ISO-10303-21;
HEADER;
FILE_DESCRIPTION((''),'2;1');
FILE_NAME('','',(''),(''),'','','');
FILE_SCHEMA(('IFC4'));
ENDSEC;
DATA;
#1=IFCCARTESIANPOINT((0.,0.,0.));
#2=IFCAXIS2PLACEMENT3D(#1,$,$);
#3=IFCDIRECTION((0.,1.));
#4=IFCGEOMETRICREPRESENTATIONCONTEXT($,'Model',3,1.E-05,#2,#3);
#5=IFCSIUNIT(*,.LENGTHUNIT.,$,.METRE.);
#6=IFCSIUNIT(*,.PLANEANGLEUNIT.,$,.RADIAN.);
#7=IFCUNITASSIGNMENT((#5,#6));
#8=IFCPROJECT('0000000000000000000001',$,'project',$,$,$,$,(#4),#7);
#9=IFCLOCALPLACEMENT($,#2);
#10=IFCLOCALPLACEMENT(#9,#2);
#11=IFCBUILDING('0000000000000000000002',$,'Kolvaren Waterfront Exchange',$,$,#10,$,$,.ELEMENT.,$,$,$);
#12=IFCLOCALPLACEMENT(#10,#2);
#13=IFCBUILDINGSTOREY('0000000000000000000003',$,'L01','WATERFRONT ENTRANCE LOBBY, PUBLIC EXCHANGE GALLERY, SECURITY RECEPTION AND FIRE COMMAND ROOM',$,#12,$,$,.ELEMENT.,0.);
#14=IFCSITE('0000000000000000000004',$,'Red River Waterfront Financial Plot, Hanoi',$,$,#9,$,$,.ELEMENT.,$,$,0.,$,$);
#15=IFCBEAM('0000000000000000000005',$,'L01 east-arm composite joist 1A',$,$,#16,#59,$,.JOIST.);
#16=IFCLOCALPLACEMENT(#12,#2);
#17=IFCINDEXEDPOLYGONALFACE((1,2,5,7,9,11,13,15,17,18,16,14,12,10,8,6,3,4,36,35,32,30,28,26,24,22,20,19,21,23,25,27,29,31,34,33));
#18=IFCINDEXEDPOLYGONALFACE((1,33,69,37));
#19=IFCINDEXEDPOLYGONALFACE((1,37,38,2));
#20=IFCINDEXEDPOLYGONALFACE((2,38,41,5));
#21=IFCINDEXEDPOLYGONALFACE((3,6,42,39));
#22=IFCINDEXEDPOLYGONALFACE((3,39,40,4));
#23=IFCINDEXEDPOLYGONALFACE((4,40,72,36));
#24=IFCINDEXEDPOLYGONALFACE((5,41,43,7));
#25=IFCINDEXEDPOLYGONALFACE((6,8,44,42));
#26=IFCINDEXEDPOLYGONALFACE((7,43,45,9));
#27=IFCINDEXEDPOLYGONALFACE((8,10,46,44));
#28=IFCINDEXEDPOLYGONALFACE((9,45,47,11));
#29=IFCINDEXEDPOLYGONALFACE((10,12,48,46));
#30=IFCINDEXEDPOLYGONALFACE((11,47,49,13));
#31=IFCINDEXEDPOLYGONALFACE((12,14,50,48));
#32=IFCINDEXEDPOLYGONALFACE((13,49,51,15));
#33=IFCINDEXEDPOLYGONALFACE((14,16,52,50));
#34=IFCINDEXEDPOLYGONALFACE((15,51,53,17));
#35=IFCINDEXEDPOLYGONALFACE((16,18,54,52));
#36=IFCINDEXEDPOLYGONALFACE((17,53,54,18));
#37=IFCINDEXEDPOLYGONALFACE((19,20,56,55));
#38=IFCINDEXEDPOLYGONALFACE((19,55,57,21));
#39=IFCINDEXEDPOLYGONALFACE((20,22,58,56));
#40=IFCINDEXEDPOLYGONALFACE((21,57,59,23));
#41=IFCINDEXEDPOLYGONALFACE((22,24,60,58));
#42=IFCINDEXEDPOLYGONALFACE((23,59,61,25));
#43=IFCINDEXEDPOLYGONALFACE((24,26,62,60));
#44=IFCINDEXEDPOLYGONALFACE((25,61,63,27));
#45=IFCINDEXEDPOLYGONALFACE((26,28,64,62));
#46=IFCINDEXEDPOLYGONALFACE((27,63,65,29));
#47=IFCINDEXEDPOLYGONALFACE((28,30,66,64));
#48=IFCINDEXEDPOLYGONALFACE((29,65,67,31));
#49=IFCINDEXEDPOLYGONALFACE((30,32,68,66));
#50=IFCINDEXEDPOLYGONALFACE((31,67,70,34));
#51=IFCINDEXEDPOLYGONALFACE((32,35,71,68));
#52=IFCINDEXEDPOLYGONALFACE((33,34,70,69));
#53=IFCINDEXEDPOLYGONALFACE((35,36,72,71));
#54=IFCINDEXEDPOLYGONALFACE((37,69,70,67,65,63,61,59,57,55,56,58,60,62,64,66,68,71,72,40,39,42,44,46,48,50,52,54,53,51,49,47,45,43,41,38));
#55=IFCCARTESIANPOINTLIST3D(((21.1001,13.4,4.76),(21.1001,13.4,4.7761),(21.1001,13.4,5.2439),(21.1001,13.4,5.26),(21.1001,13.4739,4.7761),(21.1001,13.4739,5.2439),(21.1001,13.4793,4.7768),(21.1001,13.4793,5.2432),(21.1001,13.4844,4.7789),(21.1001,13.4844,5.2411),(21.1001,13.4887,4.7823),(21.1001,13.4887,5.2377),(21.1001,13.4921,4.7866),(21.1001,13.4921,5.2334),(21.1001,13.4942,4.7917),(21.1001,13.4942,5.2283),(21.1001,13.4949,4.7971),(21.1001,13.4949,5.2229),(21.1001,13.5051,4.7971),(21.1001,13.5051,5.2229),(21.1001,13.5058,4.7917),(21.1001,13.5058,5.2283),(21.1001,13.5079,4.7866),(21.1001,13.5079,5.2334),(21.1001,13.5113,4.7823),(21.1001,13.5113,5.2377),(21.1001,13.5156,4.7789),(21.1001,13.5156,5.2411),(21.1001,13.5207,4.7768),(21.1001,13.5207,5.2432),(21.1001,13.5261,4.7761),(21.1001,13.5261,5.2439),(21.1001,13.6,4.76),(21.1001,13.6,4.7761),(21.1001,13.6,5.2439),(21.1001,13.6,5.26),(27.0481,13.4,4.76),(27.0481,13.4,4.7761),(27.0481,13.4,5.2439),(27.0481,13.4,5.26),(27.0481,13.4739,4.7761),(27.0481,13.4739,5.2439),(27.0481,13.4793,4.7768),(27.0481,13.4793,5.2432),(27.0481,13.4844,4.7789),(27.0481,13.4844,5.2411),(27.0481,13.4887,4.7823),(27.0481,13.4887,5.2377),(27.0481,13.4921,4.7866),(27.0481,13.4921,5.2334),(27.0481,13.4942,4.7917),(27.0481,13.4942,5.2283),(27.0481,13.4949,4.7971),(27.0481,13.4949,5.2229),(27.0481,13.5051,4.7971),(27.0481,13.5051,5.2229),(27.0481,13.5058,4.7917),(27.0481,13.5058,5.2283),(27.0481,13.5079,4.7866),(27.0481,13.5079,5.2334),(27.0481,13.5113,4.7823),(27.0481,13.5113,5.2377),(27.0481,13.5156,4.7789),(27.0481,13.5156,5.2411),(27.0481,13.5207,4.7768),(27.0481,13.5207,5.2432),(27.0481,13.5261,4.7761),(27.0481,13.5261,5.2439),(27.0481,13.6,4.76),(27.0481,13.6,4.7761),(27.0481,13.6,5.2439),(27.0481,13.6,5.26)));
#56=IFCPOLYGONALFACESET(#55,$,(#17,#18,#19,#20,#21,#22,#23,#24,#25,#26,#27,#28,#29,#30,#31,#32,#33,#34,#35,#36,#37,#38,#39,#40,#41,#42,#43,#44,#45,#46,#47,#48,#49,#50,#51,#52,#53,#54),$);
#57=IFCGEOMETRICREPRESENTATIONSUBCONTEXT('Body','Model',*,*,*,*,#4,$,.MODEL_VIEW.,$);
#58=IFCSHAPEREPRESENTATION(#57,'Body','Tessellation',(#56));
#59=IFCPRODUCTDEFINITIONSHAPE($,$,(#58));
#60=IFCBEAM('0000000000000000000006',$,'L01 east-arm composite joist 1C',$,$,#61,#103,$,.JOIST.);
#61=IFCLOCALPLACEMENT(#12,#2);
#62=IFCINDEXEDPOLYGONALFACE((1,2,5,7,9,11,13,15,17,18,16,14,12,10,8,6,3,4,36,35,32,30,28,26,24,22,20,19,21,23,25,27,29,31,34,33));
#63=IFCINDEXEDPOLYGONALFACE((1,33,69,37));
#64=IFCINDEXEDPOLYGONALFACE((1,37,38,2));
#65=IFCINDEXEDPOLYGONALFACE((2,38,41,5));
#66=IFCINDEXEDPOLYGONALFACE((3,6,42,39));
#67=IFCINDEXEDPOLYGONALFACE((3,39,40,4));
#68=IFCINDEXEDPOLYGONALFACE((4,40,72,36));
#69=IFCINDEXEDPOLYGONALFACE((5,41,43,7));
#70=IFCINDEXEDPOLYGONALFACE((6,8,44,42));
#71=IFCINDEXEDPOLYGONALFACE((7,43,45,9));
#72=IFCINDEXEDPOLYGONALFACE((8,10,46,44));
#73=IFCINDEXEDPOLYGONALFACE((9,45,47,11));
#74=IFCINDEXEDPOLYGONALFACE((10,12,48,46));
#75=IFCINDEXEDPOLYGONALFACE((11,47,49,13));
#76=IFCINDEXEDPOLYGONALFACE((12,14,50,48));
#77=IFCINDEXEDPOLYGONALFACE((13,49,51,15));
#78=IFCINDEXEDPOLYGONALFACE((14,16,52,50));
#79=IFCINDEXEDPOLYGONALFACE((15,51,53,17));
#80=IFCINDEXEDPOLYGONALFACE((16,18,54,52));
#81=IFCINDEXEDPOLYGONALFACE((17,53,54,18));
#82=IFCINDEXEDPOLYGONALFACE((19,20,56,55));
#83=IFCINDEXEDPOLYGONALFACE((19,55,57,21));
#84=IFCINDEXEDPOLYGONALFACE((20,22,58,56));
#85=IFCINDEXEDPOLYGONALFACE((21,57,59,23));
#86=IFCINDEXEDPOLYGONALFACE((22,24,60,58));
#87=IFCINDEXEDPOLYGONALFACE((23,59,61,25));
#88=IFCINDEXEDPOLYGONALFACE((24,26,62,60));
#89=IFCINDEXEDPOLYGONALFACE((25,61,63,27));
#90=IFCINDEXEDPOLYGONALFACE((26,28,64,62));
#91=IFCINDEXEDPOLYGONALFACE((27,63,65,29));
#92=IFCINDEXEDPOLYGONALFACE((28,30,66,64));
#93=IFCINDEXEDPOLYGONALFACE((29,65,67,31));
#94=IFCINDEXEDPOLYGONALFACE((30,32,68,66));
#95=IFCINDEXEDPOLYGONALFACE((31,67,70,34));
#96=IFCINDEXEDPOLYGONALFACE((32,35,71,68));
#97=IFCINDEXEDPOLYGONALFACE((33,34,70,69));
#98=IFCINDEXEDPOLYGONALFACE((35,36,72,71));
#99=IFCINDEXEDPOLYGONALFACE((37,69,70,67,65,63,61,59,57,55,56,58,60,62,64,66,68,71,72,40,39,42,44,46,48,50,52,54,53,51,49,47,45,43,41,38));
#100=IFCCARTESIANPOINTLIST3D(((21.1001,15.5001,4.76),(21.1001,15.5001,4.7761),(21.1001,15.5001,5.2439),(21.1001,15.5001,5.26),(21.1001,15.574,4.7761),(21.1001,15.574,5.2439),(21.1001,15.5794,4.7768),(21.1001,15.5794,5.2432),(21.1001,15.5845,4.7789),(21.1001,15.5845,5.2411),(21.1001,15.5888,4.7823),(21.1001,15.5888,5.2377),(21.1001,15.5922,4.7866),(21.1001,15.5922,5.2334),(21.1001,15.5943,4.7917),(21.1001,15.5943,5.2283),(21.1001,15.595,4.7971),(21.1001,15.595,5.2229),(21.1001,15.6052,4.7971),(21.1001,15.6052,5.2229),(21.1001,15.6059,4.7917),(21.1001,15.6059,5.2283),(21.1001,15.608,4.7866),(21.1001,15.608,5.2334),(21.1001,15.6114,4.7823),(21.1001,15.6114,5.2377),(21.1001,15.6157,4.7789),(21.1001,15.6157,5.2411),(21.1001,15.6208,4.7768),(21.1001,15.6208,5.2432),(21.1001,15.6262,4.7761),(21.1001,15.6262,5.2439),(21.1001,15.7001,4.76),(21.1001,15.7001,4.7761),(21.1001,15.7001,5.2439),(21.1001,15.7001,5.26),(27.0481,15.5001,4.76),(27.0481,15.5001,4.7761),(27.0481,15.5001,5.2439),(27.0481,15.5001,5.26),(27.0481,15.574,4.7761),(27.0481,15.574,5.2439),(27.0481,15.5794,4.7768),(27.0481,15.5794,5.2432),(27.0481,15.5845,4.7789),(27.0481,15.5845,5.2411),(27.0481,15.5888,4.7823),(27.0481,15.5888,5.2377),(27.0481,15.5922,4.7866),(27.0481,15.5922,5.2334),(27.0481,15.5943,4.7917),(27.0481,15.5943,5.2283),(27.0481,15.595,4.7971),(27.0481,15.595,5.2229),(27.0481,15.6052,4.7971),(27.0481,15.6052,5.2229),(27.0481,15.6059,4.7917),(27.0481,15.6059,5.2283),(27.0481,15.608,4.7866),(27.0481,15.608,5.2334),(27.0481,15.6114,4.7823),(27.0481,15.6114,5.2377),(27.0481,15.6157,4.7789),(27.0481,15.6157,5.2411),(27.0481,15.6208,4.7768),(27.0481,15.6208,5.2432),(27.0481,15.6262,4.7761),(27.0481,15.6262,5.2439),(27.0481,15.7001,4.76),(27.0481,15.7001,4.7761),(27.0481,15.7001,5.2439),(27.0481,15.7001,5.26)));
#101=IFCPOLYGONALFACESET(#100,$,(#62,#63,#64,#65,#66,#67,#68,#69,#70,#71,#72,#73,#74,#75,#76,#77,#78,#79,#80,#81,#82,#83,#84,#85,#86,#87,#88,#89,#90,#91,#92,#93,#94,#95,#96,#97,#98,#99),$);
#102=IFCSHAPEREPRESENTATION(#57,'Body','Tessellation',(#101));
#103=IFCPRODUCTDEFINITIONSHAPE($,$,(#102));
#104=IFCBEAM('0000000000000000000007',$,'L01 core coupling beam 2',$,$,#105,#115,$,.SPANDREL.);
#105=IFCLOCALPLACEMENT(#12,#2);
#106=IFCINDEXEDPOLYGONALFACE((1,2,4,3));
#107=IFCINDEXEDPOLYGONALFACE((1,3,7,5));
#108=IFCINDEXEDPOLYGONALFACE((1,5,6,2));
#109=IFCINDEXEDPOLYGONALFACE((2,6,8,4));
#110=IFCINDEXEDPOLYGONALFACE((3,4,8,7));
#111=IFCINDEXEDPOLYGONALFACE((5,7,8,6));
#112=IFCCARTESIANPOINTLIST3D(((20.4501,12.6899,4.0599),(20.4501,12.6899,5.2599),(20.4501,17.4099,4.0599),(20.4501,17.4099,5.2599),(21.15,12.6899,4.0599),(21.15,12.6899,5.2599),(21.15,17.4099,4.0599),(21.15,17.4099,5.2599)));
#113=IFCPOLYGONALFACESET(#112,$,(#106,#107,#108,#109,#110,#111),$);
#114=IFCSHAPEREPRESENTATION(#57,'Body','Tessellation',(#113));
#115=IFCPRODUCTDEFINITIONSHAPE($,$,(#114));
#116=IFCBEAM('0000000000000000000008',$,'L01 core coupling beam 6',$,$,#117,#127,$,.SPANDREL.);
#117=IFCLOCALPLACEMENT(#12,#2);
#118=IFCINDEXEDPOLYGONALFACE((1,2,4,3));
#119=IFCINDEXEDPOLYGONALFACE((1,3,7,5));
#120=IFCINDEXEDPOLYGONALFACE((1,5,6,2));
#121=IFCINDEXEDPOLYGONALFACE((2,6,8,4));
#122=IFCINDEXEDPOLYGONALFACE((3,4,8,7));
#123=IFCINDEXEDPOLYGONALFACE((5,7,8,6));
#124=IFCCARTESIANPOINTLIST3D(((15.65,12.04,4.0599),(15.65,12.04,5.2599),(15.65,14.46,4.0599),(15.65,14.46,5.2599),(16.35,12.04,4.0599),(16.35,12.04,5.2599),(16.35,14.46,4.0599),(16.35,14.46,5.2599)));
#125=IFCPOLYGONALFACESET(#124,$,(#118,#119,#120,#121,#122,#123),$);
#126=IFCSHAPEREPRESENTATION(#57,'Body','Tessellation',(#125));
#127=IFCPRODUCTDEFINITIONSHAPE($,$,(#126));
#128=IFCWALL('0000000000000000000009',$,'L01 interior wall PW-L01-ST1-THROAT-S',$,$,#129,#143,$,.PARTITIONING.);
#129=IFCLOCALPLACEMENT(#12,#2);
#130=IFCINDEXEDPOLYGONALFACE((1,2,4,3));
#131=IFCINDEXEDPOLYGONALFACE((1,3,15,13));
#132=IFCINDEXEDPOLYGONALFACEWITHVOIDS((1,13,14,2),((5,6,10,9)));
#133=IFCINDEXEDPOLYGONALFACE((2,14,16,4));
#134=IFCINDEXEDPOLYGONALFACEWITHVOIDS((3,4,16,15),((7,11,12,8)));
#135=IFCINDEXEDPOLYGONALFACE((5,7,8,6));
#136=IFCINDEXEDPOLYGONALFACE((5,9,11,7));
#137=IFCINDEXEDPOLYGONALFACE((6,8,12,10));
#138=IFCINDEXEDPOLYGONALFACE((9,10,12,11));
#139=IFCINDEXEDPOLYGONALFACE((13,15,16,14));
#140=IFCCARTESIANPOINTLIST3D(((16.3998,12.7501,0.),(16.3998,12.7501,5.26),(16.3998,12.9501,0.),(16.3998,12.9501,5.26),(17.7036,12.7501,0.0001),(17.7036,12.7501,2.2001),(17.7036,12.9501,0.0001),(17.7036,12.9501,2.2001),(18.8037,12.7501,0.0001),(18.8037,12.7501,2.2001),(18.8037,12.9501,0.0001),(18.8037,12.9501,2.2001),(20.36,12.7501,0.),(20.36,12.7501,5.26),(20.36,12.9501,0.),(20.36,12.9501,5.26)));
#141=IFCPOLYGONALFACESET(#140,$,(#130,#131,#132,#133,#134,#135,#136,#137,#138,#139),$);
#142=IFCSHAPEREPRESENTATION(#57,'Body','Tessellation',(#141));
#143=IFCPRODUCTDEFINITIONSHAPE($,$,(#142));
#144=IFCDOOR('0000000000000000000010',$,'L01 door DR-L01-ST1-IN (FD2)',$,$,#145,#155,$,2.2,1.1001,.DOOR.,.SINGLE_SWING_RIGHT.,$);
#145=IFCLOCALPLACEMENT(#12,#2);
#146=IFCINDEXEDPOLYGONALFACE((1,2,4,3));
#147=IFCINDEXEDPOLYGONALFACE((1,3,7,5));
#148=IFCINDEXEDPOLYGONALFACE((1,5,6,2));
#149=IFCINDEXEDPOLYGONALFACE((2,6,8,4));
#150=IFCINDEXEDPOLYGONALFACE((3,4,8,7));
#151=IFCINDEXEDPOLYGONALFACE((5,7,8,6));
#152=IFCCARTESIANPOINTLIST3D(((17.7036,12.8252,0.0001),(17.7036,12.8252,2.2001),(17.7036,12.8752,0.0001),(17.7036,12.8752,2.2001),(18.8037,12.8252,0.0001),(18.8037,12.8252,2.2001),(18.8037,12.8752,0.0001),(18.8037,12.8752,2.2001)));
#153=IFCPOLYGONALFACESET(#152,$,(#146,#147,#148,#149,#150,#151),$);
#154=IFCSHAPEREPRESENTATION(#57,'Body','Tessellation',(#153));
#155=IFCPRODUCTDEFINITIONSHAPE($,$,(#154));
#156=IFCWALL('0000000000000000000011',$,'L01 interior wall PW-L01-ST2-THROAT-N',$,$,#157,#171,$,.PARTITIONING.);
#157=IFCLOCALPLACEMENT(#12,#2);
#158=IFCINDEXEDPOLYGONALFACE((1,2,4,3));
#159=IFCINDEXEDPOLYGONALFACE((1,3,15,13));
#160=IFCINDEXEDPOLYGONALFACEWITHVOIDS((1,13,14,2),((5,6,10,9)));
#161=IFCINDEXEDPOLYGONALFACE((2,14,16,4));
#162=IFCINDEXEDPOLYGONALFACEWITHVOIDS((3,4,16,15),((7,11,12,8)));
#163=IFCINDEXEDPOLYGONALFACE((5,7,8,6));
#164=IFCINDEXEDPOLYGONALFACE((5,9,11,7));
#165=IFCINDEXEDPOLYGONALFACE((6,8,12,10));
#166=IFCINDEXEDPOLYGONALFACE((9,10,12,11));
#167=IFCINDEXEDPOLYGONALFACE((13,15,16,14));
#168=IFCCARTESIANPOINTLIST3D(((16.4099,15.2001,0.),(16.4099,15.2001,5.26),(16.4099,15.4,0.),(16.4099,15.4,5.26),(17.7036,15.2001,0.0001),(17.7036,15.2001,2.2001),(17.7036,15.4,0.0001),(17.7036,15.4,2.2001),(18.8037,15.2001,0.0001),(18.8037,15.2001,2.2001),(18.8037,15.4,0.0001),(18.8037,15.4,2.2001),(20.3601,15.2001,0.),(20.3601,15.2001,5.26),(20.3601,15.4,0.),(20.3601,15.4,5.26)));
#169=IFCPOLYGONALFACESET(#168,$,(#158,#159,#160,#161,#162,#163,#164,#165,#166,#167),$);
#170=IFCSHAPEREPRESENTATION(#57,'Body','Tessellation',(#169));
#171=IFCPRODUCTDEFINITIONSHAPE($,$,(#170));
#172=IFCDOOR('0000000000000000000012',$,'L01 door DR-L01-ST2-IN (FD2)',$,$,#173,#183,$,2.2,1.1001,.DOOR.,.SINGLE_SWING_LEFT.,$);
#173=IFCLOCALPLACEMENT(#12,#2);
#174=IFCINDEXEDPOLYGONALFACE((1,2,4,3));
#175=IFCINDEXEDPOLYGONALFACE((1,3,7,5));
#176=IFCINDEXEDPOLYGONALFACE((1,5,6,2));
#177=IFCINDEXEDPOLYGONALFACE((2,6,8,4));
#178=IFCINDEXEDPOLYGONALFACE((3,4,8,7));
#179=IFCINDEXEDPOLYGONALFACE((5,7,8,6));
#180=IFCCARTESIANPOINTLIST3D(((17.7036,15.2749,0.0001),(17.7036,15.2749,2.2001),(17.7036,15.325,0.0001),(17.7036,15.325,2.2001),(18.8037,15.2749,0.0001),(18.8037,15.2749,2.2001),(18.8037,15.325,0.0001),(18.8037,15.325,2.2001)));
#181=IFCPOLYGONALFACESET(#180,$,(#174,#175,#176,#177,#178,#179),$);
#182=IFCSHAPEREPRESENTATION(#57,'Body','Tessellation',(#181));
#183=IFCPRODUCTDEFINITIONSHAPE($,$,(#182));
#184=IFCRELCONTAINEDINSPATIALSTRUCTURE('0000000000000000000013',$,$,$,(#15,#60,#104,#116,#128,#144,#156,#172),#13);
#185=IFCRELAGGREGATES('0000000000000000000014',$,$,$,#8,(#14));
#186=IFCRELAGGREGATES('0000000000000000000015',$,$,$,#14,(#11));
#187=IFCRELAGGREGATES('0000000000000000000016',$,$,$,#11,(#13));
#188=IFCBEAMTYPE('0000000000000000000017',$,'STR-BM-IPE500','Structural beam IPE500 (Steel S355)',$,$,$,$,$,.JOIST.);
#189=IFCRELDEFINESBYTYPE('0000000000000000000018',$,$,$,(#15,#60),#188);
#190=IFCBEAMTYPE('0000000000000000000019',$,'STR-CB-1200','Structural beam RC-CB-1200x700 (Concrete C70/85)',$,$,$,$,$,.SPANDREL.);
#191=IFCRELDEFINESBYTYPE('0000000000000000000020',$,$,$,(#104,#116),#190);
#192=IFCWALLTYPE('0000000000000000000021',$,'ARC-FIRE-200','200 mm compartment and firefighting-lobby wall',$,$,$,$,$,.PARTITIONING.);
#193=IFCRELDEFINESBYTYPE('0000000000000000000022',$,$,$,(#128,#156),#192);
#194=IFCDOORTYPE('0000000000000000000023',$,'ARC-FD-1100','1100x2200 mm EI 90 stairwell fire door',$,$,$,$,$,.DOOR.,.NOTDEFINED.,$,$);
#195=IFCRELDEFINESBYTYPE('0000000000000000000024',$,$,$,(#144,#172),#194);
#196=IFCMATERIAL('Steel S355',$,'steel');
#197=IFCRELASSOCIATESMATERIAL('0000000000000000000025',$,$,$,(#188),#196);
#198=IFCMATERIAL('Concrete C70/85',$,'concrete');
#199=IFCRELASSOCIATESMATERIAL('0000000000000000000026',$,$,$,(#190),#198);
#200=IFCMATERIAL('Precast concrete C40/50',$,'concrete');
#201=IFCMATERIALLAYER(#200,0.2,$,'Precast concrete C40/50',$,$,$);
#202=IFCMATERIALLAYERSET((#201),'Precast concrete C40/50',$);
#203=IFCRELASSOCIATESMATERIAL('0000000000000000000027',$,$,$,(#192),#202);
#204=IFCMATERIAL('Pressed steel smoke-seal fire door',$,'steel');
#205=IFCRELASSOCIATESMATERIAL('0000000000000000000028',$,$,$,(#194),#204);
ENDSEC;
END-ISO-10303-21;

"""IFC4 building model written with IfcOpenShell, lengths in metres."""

from ifc_helpers import new_model, si_unit, direction, frame, frame_2d, origin, origin_2d, place, context, subcontext, project, spatial, rectangle, i_section, extrude, material, layer, layer_set, material_profile, profile_set, type_object, element, fill, save


model = new_model("IFC4")

# Units and contexts
model_context = context("Model", 3, precision=1e-05, world=origin(), true_north=direction((0.0, 1.0)))
body_context = subcontext(model_context, "Body", "Model", "MODEL_VIEW")
ifc_project = project(units=[si_unit("LENGTHUNIT", "METRE"), si_unit("PLANEANGLEUNIT", "RADIAN")], contexts=[model_context])

# Site, building, storey
site_placement = place(None, origin())
site = spatial("IfcSite", under=ifc_project, at=site_placement, Name="Red River Waterfront Financial Plot, Hanoi", CompositionType="ELEMENT", RefElevation=0.0)
building_placement = place(site_placement, origin())
building = spatial("IfcBuilding", under=site, at=building_placement, Name="Kolvaren Waterfront Exchange", CompositionType="ELEMENT")
storey_placement = place(building_placement, origin())
storey = spatial("IfcBuildingStorey", under=building, at=storey_placement, Name="L01", Description="WATERFRONT ENTRANCE LOBBY, PUBLIC EXCHANGE GALLERY, SECURITY RECEPTION AND FIRE COMMAND ROOM", CompositionType="ELEMENT", Elevation=0.0)

# Beams
ifc_material_1 = material(Name="Steel S355", Category="steel")
ifc_material_profile_1 = material_profile(ifc_material_1, i_section(OverallWidth=0.2, OverallDepth=0.5, WebThickness=0.0103, FlangeThickness=0.0161, FilletRadius=0.021, at=origin_2d()), Name="IPE500")
ifc_profile_set_1 = profile_set([ifc_material_profile_1], Name="Steel S355")
beam_type_1 = type_object("IfcBeamType", Name="STR-BM-IPE500", Description="Structural beam IPE500 (Steel S355)", PredefinedType="JOIST", material=ifc_profile_set_1)
for number, where, z_axis, x_axis, name in (
    (1, (21.1001, 13.5, 5.01), (1.0, 0.0, 0.0), (0.0, 1.0, 0.0), "L01 east-arm composite joist 1A"),
    (2, (21.1001, 15.6001, 5.01), (1.0, 0.0, 0.0), (0.0, 1.0, 0.0), "L01 east-arm composite joist 1C"),
):
    element("IfcBeam", number, at=place(storey_placement, frame(where, z_axis=z_axis, x_axis=x_axis)), inside=storey, type_object=beam_type_1, Name=name, PredefinedType="JOIST", context=body_context, shape_type="SweptSolid", body=[
        extrude(i_section(OverallWidth=0.2, OverallDepth=0.5, WebThickness=0.0103, FlangeThickness=0.0161, FilletRadius=0.021, at=origin_2d()), origin(), (0.0, 0.0, 1.0), 5.948),
    ])
ifc_material_2 = material(Name="Concrete C70/85", Category="concrete")
ifc_material_profile_2 = material_profile(ifc_material_2, rectangle(XDim=0.7, YDim=1.2, at=origin_2d()), Name="RC-CB-1200x700")
ifc_profile_set_2 = profile_set([ifc_material_profile_2], Name="Concrete C70/85")
beam_type_2 = type_object("IfcBeamType", Name="STR-CB-1200", Description="Structural beam RC-CB-1200x700 (Concrete C70/85)", PredefinedType="SPANDREL", material=ifc_profile_set_2)
beam_1_placement = place(storey_placement, frame((20.8, 12.6899, 4.6599), z_axis=(0.0, 1.0, 0.0), x_axis=(-1.0, 0.0, 0.0)))
element("IfcBeam", 3, at=beam_1_placement, inside=storey, type_object=beam_type_2, Name="L01 core coupling beam 2", PredefinedType="SPANDREL", context=body_context, shape_type="SweptSolid", body=[
    extrude(rectangle(XDim=0.7, YDim=1.2, at=origin_2d()), origin(), (0.0, 0.0, 1.0), 4.72),
])
beam_2_placement = place(storey_placement, frame((16.0, 12.04, 4.6599), z_axis=(0.0, 1.0, 0.0), x_axis=(-1.0, 0.0, 0.0)))
element("IfcBeam", 4, at=beam_2_placement, inside=storey, type_object=beam_type_2, Name="L01 core coupling beam 6", PredefinedType="SPANDREL", context=body_context, shape_type="SweptSolid", body=[
    extrude(rectangle(XDim=0.7, YDim=1.2, at=origin_2d()), origin(), (0.0, 0.0, 1.0), 2.4199),
])

# Walls, openings, doors
ifc_material_3 = material(Name="Precast concrete C40/50", Category="concrete")
ifc_layer_1 = layer(ifc_material_3, 0.2, Name="Precast concrete C40/50")
ifc_layer_set_1 = layer_set([ifc_layer_1], Name="Precast concrete C40/50")
wall_type_1 = type_object("IfcWallType", Name="ARC-FIRE-200", Description="200 mm compartment and firefighting-lobby wall", PredefinedType="PARTITIONING", material=ifc_layer_set_1)
wall_1_placement = place(storey_placement, frame((16.3999, 12.8501, 0.0), z_axis=(0.0, 0.0, 1.0), x_axis=(1.0, 0.0, 0.0)))
wall_1 = element("IfcWall", 5, at=wall_1_placement, inside=storey, type_object=wall_type_1, Name="L01 interior wall PW-L01-ST1-THROAT-S", PredefinedType="PARTITIONING", context=body_context, shape_type="SweptSolid", body=[
    extrude(rectangle(XDim=3.9602, YDim=0.2, at=frame_2d((1.98, 0.0))), origin(), (0.0, 0.0, 1.0), 5.26),
])
opening_1_placement = place(wall_1_placement, frame((1.3037, 0.0, 0.0)))
opening_1 = element("IfcOpeningElement", 6, at=opening_1_placement, cuts=wall_1, PredefinedType="OPENING", context=body_context, shape_type="SweptSolid", body=[
    extrude(rectangle(XDim=1.1001, YDim=2.2, at=frame_2d((0.55, 1.1001))), frame((0.0, 0.1099, 0.0), z_axis=(0.0, -1.0, 0.0), x_axis=(1.0, 0.0, 0.0)), (0.0, 0.0, 1.0), 0.22),
])
ifc_material_4 = material(Name="Pressed steel smoke-seal fire door", Category="steel")
door_type = type_object("IfcDoorType", Name="ARC-FD-1100", Description="1100x2200 mm EI 90 stairwell fire door", OperationType="NOTDEFINED", PredefinedType="DOOR", material=ifc_material_4)
door_1_placement = place(opening_1_placement, frame((1.1001, 0.0, 0.0), z_axis=(0.0, 0.0, 1.0), x_axis=(-1.0, 0.0, 0.0)))
door_1 = element("IfcDoor", 7, at=door_1_placement, inside=storey, type_object=door_type, Name="L01 door DR-L01-ST1-IN (FD2)", OperationType="SINGLE_SWING_RIGHT", OverallHeight=2.2, OverallWidth=1.1001, PredefinedType="DOOR", context=body_context, shape_type="SweptSolid", body=[
    extrude(rectangle(XDim=1.1001, YDim=2.2, at=frame_2d((0.55, 1.1001))), frame((0.0, 0.0249, 0.0), z_axis=(0.0, -1.0, 0.0), x_axis=(1.0, 0.0, 0.0)), (0.0, 0.0, 1.0), 0.05),
])
fill(opening_1, door_1)
wall_2_placement = place(storey_placement, frame((16.4099, 15.3, 0.0), z_axis=(0.0, 0.0, 1.0), x_axis=(1.0, 0.0, 0.0)))
wall_2 = element("IfcWall", 8, at=wall_2_placement, inside=storey, type_object=wall_type_1, Name="L01 interior wall PW-L01-ST2-THROAT-N", PredefinedType="PARTITIONING", context=body_context, shape_type="SweptSolid", body=[
    extrude(rectangle(XDim=3.9502, YDim=0.2, at=frame_2d((1.9751, 0.0))), origin(), (0.0, 0.0, 1.0), 5.26),
])
opening_2_placement = place(wall_2_placement, frame((1.2937, 0.0, 0.0)))
opening_2 = element("IfcOpeningElement", 9, at=opening_2_placement, cuts=wall_2, PredefinedType="OPENING", context=body_context, shape_type="SweptSolid", body=[
    extrude(rectangle(XDim=1.1001, YDim=2.2, at=frame_2d((0.55, 1.1001))), frame((0.0, 0.1099, 0.0), z_axis=(0.0, -1.0, 0.0), x_axis=(1.0, 0.0, 0.0)), (0.0, 0.0, 1.0), 0.22),
])
door_2_placement = place(opening_2_placement, origin())
door_2 = element("IfcDoor", 10, at=door_2_placement, inside=storey, type_object=door_type, Name="L01 door DR-L01-ST2-IN (FD2)", OperationType="SINGLE_SWING_LEFT", OverallHeight=2.2, OverallWidth=1.1001, PredefinedType="DOOR", context=body_context, shape_type="SweptSolid", body=[
    extrude(rectangle(XDim=1.1001, YDim=2.2, at=frame_2d((0.55, 1.1001))), frame((0.0, 0.0249, 0.0), z_axis=(0.0, -1.0, 0.0), x_axis=(1.0, 0.0, 0.0)), (0.0, 0.0, 1.0), 0.05),
])
fill(opening_2, door_2)

save(model, "model.ifc")
